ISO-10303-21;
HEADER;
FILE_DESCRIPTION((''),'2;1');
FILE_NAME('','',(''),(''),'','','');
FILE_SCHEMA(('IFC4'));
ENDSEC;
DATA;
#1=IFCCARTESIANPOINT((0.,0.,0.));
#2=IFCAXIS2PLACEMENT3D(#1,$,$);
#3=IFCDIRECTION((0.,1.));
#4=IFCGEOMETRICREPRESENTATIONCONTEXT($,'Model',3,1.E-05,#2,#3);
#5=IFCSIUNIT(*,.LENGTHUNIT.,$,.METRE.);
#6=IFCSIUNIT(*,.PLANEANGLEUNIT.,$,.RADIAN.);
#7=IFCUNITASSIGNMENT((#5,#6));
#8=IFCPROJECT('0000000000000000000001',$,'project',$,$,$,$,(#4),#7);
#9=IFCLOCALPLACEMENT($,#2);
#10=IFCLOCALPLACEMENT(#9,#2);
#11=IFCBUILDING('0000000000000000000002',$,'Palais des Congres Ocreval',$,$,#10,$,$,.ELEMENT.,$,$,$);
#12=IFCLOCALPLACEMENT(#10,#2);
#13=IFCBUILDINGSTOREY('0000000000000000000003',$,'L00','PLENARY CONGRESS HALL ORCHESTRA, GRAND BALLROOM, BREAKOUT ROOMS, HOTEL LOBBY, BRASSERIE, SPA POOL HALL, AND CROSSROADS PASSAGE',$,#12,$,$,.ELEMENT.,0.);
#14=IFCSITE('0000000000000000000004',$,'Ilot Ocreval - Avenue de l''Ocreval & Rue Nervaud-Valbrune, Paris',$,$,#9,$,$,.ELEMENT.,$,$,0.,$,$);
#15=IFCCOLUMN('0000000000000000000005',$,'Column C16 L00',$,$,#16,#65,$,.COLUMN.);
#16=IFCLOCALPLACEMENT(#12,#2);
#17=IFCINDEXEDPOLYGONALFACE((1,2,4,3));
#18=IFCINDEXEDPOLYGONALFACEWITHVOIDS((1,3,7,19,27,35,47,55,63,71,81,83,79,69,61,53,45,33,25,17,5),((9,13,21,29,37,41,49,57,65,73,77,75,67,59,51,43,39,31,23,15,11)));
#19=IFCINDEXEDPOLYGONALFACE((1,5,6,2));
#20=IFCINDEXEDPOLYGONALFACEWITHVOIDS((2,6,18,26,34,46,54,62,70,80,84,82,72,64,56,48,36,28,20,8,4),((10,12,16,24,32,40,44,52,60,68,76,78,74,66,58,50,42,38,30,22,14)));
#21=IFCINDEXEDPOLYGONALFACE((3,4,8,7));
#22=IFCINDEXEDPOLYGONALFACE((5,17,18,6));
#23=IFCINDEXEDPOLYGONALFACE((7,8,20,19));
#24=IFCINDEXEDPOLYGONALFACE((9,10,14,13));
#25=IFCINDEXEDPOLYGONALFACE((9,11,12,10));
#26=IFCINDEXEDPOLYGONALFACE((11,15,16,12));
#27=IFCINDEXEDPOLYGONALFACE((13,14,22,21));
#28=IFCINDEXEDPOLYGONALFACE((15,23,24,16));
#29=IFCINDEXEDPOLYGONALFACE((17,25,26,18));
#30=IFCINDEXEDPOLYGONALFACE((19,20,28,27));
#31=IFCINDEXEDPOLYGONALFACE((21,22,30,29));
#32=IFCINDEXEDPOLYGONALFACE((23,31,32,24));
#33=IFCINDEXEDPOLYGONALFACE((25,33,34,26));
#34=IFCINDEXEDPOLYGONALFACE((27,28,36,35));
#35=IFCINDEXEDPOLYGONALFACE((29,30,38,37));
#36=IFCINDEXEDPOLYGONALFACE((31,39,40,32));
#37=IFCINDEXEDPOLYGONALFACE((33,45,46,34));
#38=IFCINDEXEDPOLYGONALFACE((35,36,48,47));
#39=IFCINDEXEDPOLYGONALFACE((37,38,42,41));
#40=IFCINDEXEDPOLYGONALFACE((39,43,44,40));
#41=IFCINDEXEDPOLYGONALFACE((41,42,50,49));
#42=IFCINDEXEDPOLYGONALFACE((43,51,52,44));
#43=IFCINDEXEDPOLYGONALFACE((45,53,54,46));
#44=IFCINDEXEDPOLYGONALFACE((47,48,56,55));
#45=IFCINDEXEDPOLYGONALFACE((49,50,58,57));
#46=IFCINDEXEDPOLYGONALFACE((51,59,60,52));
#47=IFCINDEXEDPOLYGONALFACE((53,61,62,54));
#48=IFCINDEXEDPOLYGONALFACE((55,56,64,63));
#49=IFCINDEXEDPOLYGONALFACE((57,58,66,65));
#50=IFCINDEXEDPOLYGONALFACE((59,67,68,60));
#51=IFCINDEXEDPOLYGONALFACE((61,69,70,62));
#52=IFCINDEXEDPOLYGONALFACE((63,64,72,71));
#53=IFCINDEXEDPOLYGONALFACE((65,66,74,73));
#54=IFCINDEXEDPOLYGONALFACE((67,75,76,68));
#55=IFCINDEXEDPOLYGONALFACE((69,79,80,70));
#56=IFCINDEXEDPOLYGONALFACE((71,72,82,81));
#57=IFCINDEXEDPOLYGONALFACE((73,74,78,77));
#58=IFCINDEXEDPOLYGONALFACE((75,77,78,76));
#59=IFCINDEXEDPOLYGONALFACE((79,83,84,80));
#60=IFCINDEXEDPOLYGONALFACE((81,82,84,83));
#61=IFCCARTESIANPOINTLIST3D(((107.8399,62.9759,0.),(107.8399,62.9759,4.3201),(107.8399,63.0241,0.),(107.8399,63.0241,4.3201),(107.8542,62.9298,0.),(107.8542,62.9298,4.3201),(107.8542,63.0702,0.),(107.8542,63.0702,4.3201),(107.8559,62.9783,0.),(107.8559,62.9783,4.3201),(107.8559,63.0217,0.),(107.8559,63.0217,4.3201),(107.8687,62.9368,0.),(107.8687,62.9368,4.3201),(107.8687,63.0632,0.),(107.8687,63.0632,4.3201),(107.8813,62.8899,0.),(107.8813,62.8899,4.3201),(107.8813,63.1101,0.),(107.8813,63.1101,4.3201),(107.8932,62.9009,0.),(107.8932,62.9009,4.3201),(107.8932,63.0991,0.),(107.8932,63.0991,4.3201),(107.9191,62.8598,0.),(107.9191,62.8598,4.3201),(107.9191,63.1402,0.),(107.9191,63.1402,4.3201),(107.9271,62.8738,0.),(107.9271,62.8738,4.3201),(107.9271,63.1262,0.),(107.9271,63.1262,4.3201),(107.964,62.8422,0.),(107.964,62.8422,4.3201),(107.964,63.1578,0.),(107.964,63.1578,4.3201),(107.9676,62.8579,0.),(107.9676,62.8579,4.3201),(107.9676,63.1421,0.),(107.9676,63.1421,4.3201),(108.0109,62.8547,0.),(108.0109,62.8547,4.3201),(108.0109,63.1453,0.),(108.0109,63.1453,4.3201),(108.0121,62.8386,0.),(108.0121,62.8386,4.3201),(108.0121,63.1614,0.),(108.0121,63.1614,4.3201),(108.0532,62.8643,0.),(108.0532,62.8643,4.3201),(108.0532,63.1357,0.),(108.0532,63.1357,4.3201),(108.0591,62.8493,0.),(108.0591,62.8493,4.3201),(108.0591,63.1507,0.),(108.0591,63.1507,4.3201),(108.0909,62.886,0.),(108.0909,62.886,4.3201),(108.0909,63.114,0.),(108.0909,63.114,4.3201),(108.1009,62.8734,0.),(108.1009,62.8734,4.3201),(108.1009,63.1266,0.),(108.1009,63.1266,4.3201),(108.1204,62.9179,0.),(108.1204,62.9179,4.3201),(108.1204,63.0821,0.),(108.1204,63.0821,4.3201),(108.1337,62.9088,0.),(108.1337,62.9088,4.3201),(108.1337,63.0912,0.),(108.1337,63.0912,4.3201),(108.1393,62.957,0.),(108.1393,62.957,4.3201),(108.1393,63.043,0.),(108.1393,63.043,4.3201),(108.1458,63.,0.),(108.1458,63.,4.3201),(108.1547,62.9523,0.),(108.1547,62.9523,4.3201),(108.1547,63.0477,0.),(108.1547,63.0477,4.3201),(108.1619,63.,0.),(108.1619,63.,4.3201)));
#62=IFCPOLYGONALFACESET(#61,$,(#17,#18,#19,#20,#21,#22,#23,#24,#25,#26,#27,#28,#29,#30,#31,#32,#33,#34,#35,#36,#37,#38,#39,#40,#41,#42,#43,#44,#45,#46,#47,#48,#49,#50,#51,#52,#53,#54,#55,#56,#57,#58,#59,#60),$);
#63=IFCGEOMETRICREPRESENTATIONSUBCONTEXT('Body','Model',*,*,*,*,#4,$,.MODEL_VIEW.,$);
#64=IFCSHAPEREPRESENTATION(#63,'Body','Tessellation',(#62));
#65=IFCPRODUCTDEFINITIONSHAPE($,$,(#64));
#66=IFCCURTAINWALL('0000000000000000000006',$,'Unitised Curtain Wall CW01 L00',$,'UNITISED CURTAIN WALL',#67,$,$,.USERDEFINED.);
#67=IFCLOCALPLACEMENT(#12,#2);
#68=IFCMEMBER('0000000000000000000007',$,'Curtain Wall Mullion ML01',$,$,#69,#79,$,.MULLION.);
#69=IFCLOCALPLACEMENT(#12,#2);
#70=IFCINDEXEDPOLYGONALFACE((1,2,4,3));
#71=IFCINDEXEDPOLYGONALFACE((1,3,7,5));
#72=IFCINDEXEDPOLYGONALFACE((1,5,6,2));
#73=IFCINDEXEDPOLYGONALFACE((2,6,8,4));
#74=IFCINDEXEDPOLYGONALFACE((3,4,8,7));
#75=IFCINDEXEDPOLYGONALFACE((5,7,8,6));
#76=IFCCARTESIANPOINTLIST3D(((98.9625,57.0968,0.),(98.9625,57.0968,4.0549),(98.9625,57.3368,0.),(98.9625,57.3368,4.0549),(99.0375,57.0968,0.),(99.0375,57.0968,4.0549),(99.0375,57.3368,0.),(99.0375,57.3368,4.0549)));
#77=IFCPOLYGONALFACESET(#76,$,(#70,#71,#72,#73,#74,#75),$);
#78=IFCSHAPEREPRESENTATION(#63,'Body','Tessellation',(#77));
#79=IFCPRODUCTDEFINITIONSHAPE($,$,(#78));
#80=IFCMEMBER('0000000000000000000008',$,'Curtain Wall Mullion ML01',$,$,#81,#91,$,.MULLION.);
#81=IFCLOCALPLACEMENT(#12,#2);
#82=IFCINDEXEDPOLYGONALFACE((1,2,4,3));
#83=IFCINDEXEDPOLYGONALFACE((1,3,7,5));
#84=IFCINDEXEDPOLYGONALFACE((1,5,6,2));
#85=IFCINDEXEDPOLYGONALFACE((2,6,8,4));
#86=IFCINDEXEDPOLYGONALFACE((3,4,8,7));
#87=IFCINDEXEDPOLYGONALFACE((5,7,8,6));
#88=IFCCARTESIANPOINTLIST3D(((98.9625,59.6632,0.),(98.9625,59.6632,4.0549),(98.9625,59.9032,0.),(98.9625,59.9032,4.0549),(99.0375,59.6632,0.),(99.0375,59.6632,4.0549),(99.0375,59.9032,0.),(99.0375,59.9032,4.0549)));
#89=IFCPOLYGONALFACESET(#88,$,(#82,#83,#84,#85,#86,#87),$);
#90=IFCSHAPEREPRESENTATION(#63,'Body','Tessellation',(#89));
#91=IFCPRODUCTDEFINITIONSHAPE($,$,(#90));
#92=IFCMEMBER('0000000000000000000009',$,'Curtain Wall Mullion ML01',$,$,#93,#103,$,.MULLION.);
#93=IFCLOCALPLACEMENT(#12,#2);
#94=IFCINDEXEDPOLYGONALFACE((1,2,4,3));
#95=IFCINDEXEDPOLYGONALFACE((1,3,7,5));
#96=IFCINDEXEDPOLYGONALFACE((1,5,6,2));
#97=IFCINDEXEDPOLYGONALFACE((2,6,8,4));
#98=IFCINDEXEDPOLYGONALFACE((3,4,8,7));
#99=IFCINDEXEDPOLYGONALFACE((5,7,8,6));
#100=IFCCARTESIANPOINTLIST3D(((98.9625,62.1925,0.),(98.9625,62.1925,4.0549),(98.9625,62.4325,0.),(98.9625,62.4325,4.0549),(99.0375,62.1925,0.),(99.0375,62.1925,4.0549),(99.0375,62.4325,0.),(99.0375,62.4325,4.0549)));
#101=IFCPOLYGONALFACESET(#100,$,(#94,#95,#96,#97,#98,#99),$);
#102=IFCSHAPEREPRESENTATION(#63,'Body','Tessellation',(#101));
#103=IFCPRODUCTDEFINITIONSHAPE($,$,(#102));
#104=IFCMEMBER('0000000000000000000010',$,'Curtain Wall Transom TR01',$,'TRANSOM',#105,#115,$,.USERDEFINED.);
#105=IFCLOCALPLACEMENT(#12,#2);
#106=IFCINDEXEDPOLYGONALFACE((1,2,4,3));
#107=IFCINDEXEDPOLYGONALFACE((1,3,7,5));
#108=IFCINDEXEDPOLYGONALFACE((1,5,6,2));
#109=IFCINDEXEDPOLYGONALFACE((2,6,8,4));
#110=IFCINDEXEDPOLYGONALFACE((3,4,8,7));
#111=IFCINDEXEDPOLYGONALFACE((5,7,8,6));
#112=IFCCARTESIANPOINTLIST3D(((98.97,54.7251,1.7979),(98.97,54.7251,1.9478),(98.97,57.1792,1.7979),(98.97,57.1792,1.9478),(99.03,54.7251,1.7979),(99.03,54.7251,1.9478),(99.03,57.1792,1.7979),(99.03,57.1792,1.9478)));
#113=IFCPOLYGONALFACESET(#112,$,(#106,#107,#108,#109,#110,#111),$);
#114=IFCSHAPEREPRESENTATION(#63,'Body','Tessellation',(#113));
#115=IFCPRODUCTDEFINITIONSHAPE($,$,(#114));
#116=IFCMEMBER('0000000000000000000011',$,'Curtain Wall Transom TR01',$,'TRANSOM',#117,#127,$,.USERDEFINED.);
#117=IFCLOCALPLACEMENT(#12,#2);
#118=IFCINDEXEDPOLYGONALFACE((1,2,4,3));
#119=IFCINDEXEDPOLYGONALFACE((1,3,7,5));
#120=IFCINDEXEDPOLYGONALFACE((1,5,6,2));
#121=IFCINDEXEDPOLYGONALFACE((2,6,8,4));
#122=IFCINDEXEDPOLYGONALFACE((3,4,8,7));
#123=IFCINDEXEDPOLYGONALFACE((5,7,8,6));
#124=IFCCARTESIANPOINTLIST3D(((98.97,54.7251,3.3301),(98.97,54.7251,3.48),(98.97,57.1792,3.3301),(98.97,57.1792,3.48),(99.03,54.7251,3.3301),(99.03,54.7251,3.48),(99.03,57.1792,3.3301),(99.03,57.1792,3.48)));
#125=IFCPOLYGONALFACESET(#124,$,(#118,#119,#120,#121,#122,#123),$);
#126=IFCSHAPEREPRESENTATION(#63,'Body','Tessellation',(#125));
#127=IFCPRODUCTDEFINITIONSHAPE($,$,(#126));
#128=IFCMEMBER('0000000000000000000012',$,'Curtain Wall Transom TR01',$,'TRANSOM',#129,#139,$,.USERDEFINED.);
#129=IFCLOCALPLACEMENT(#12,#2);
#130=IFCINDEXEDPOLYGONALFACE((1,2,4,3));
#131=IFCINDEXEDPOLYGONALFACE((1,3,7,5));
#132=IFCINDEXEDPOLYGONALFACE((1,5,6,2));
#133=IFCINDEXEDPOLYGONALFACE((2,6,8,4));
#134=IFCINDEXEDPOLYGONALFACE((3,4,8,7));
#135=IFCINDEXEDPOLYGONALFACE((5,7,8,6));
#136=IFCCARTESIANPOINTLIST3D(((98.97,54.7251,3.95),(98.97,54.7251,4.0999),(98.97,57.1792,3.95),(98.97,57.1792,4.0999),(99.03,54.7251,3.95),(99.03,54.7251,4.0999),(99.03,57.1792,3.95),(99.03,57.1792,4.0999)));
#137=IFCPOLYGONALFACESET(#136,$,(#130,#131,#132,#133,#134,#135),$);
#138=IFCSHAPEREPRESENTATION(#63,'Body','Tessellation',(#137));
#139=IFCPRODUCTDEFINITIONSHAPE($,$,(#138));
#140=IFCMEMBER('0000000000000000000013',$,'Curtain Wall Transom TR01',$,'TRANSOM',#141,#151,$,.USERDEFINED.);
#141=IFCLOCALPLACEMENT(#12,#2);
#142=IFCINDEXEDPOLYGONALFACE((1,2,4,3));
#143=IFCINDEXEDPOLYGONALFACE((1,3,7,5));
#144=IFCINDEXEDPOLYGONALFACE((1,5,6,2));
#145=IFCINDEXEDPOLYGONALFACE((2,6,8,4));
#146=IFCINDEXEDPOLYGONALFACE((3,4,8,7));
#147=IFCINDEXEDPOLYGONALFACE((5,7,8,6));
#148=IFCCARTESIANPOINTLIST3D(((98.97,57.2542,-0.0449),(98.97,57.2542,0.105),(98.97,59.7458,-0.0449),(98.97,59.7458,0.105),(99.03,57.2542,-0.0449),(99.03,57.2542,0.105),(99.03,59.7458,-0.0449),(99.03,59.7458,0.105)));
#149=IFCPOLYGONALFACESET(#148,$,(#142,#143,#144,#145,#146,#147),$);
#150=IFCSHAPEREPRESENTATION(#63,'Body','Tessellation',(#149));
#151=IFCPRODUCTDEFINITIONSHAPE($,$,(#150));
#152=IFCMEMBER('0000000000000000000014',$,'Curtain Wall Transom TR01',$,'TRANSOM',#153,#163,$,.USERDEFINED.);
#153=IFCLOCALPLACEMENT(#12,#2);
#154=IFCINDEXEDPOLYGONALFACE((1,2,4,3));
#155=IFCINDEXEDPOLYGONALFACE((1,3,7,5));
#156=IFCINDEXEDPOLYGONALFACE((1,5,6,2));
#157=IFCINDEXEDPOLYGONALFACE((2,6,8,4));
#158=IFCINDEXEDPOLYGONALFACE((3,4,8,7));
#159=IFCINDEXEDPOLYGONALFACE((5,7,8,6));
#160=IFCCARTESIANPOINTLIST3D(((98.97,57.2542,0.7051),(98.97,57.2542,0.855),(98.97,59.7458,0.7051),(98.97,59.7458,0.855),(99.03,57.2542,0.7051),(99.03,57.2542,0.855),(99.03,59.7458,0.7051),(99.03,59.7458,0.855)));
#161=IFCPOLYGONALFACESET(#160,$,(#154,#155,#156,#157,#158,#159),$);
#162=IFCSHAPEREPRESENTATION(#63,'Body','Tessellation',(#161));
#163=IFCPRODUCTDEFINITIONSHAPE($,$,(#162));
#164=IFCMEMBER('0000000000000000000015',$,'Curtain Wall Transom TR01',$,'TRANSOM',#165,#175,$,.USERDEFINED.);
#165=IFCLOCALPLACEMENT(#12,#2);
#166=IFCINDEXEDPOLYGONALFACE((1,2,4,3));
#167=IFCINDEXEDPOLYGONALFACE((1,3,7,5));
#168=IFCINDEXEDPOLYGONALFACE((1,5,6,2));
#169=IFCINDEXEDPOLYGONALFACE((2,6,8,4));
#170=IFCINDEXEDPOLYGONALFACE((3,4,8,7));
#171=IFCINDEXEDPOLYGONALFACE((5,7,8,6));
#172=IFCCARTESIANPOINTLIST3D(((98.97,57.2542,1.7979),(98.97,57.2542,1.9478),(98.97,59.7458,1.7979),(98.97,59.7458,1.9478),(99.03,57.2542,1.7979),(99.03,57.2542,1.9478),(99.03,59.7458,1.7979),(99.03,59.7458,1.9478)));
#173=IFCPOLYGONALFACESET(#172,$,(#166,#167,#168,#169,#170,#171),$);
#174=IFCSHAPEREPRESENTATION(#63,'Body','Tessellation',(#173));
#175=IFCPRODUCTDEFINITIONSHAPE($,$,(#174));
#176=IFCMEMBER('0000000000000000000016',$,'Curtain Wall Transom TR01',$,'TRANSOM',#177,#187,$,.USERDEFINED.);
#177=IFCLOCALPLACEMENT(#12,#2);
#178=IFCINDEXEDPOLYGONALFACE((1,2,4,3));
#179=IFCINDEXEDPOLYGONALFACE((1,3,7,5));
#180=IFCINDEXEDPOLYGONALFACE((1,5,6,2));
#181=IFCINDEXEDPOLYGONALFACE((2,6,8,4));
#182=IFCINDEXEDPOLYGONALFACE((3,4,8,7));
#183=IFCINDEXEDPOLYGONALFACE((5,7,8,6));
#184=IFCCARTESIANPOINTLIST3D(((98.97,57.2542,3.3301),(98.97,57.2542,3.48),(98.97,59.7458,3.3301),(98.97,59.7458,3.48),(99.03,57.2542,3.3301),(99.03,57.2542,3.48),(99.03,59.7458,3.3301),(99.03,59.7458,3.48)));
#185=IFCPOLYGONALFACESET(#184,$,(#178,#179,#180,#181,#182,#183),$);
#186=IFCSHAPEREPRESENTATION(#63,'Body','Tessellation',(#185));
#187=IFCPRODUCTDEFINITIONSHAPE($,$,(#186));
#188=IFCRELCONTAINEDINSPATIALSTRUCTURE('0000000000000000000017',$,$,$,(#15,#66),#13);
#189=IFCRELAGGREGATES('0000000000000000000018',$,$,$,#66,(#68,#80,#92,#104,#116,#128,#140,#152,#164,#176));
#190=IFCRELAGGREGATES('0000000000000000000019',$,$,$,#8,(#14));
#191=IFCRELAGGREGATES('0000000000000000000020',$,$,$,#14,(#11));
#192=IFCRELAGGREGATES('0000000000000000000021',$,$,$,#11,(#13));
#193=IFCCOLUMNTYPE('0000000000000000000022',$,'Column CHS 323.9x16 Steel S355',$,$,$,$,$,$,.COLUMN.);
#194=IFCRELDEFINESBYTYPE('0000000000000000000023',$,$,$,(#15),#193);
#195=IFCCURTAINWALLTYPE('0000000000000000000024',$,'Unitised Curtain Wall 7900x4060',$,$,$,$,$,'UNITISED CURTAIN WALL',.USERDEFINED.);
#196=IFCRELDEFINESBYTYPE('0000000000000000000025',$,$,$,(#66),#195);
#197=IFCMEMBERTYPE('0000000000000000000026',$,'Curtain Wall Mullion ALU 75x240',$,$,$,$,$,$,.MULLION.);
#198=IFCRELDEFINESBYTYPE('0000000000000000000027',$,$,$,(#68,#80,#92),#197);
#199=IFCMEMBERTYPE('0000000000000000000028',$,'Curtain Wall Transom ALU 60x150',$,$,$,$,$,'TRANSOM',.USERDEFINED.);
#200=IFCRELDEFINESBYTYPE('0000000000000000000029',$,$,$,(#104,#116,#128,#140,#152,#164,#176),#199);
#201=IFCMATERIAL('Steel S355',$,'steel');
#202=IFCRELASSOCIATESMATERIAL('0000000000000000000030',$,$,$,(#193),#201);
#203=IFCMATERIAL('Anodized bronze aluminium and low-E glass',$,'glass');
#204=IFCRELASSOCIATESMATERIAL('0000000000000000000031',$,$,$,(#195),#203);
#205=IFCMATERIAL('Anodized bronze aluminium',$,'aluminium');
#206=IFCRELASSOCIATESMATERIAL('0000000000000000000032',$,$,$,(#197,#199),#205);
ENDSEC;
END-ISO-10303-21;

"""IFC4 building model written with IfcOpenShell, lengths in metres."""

from ifc_helpers import new_model, si_unit, direction, frame, origin, origin_2d, place, context, subcontext, project, spatial, rectangle, hollow_circle, extrude, material, material_profile, profile_set, type_object, element, aggregate, save


model = new_model("IFC4")

# Units and contexts
model_context = context("Model", 3, precision=1e-05, world=origin(), true_north=direction((0.0, 1.0)))
body_context = subcontext(model_context, "Body", "Model", "MODEL_VIEW")
ifc_project = project(units=[si_unit("LENGTHUNIT", "METRE"), si_unit("PLANEANGLEUNIT", "RADIAN")], contexts=[model_context])

# Site, building, storey
site_placement = place(None, origin())
site = spatial("IfcSite", under=ifc_project, at=site_placement, Name="Ilot Ocreval - Avenue de l'Ocreval & Rue Nervaud-Valbrune, Paris", CompositionType="ELEMENT", RefElevation=0.0)
building_placement = place(site_placement, origin())
building = spatial("IfcBuilding", under=site, at=building_placement, Name="Palais des Congres Ocreval", CompositionType="ELEMENT")
storey_placement = place(building_placement, origin())
storey = spatial("IfcBuildingStorey", under=building, at=storey_placement, Name="L00", Description="PLENARY CONGRESS HALL ORCHESTRA, GRAND BALLROOM, BREAKOUT ROOMS, HOTEL LOBBY, BRASSERIE, SPA POOL HALL, AND CROSSROADS PASSAGE", CompositionType="ELEMENT", Elevation=0.0)

# Column
ifc_material_1 = material(Name="Steel S355", Category="steel")
ifc_material_profile_1 = material_profile(ifc_material_1, hollow_circle(Radius=0.1619, WallThickness=0.0161, at=origin_2d()), Name="CHS 323.9x16")
ifc_profile_set_1 = profile_set([ifc_material_profile_1], Name="Steel S355")
column_type = type_object("IfcColumnType", Name="Column CHS 323.9x16 Steel S355", PredefinedType="COLUMN", material=ifc_profile_set_1)
column_placement = place(storey_placement, frame((108.0, 63.0, 0.0), z_axis=(0.0, 0.0, 1.0), x_axis=(1.0, 0.0, 0.0)))
element("IfcColumn", 1, at=column_placement, inside=storey, type_object=column_type, Name="Column C16 L00", PredefinedType="COLUMN", context=body_context, shape_type="SweptSolid", body=[
    extrude(hollow_circle(Radius=0.1619, WallThickness=0.0161, at=origin_2d()), origin(), (0.0, 0.0, 1.0), 4.3201),
])

# Curtain wall, members
ifc_material_2 = material(Name="Anodized bronze aluminium and low-E glass", Category="glass")
curtain_wall_type = type_object("IfcCurtainWallType", Name="Unitised Curtain Wall 7900x4060", ElementType="UNITISED CURTAIN WALL", PredefinedType="USERDEFINED", material=ifc_material_2)
curtain_wall_placement = place(storey_placement, origin())
curtain_wall = element("IfcCurtainWall", 2, at=curtain_wall_placement, inside=storey, type_object=curtain_wall_type, Name="Unitised Curtain Wall CW01 L00", ObjectType="UNITISED CURTAIN WALL", PredefinedType="USERDEFINED")
ifc_material_3 = material(Name="Anodized bronze aluminium", Category="aluminium")
ifc_material_profile_2 = material_profile(ifc_material_3, rectangle(XDim=0.075, YDim=0.24, at=origin_2d()), Name="ALU 75x240")
ifc_profile_set_2 = profile_set([ifc_material_profile_2], Name="Anodized bronze aluminium")
member_type_1 = type_object("IfcMemberType", Name="Curtain Wall Mullion ALU 75x240", PredefinedType="MULLION", material=ifc_profile_set_2)
member_1_placement = place(storey_placement, frame((99.0, 57.2168, 0.0), z_axis=(0.0, 0.0, 1.0), x_axis=(-1.0, 0.0, 0.0)))
member_1 = element("IfcMember", 3, at=member_1_placement, type_object=member_type_1, Name="Curtain Wall Mullion ML01", PredefinedType="MULLION", context=body_context, shape_type="SweptSolid", body=[
    extrude(rectangle(XDim=0.075, YDim=0.24, at=origin_2d()), origin(), (0.0, 0.0, 1.0), 4.0549),
])
member_2_placement = place(storey_placement, frame((99.0, 59.7832, 0.0), z_axis=(0.0, 0.0, 1.0), x_axis=(-1.0, 0.0, 0.0)))
member_2 = element("IfcMember", 4, at=member_2_placement, type_object=member_type_1, Name="Curtain Wall Mullion ML01", PredefinedType="MULLION", context=body_context, shape_type="SweptSolid", body=[
    extrude(rectangle(XDim=0.075, YDim=0.24, at=origin_2d()), origin(), (0.0, 0.0, 1.0), 4.0549),
])
member_3_placement = place(storey_placement, frame((99.0, 62.3125, 0.0), z_axis=(0.0, 0.0, 1.0), x_axis=(-1.0, 0.0, 0.0)))
member_3 = element("IfcMember", 5, at=member_3_placement, type_object=member_type_1, Name="Curtain Wall Mullion ML01", PredefinedType="MULLION", context=body_context, shape_type="SweptSolid", body=[
    extrude(rectangle(XDim=0.075, YDim=0.24, at=origin_2d()), origin(), (0.0, 0.0, 1.0), 4.0549),
])
ifc_material_profile_3 = material_profile(ifc_material_3, rectangle(XDim=0.0601, YDim=0.1499, at=origin_2d()), Name="ALU 60x150")
ifc_profile_set_3 = profile_set([ifc_material_profile_3], Name="Anodized bronze aluminium")
member_type_2 = type_object("IfcMemberType", Name="Curtain Wall Transom ALU 60x150", ElementType="TRANSOM", PredefinedType="USERDEFINED", material=ifc_profile_set_3)
member_4_placement = place(storey_placement, frame((99.0, 54.7251, 1.8728), z_axis=(0.0, 1.0, 0.0), x_axis=(-1.0, 0.0, 0.0)))
member_4 = element("IfcMember", 6, at=member_4_placement, type_object=member_type_2, Name="Curtain Wall Transom TR01", ObjectType="TRANSOM", PredefinedType="USERDEFINED", context=body_context, shape_type="SweptSolid", body=[
    extrude(rectangle(XDim=0.0601, YDim=0.1499, at=origin_2d()), origin(), (0.0, 0.0, 1.0), 2.4541),
])
member_5_placement = place(storey_placement, frame((99.0, 54.7251, 3.405), z_axis=(0.0, 1.0, 0.0), x_axis=(-1.0, 0.0, 0.0)))
member_5 = element("IfcMember", 7, at=member_5_placement, type_object=member_type_2, Name="Curtain Wall Transom TR01", ObjectType="TRANSOM", PredefinedType="USERDEFINED", context=body_context, shape_type="SweptSolid", body=[
    extrude(rectangle(XDim=0.0601, YDim=0.1499, at=origin_2d()), origin(), (0.0, 0.0, 1.0), 2.4541),
])
member_6_placement = place(storey_placement, frame((99.0, 54.7251, 4.0249), z_axis=(0.0, 1.0, 0.0), x_axis=(-1.0, 0.0, 0.0)))
member_6 = element("IfcMember", 8, at=member_6_placement, type_object=member_type_2, Name="Curtain Wall Transom TR01", ObjectType="TRANSOM", PredefinedType="USERDEFINED", context=body_context, shape_type="SweptSolid", body=[
    extrude(rectangle(XDim=0.0601, YDim=0.1499, at=origin_2d()), origin(), (0.0, 0.0, 1.0), 2.4541),
])
member_7_placement = place(storey_placement, frame((99.0, 57.2542, 0.03), z_axis=(0.0, 1.0, 0.0), x_axis=(-1.0, 0.0, 0.0)))
member_7 = element("IfcMember", 9, at=member_7_placement, type_object=member_type_2, Name="Curtain Wall Transom TR01", ObjectType="TRANSOM", PredefinedType="USERDEFINED", context=body_context, shape_type="SweptSolid", body=[
    extrude(rectangle(XDim=0.0601, YDim=0.1499, at=origin_2d()), origin(), (0.0, 0.0, 1.0), 2.4917),
])
member_8_placement = place(storey_placement, frame((99.0, 57.2542, 0.78), z_axis=(0.0, 1.0, 0.0), x_axis=(-1.0, 0.0, 0.0)))
member_8 = element("IfcMember", 10, at=member_8_placement, type_object=member_type_2, Name="Curtain Wall Transom TR01", ObjectType="TRANSOM", PredefinedType="USERDEFINED", context=body_context, shape_type="SweptSolid", body=[
    extrude(rectangle(XDim=0.0601, YDim=0.1499, at=origin_2d()), origin(), (0.0, 0.0, 1.0), 2.4917),
])
member_9_placement = place(storey_placement, frame((99.0, 57.2542, 1.8728), z_axis=(0.0, 1.0, 0.0), x_axis=(-1.0, 0.0, 0.0)))
member_9 = element("IfcMember", 11, at=member_9_placement, type_object=member_type_2, Name="Curtain Wall Transom TR01", ObjectType="TRANSOM", PredefinedType="USERDEFINED", context=body_context, shape_type="SweptSolid", body=[
    extrude(rectangle(XDim=0.0601, YDim=0.1499, at=origin_2d()), origin(), (0.0, 0.0, 1.0), 2.4917),
])
member_10_placement = place(storey_placement, frame((99.0, 57.2542, 3.405), z_axis=(0.0, 1.0, 0.0), x_axis=(-1.0, 0.0, 0.0)))
member_10 = element("IfcMember", 12, at=member_10_placement, type_object=member_type_2, Name="Curtain Wall Transom TR01", ObjectType="TRANSOM", PredefinedType="USERDEFINED", context=body_context, shape_type="SweptSolid", body=[
    extrude(rectangle(XDim=0.0601, YDim=0.1499, at=origin_2d()), origin(), (0.0, 0.0, 1.0), 2.4917),
])

aggregate(curtain_wall, [member_1, member_2, member_3, member_4, member_5, member_6, member_7, member_8, member_9, member_10])

save(model, "model.ifc")
